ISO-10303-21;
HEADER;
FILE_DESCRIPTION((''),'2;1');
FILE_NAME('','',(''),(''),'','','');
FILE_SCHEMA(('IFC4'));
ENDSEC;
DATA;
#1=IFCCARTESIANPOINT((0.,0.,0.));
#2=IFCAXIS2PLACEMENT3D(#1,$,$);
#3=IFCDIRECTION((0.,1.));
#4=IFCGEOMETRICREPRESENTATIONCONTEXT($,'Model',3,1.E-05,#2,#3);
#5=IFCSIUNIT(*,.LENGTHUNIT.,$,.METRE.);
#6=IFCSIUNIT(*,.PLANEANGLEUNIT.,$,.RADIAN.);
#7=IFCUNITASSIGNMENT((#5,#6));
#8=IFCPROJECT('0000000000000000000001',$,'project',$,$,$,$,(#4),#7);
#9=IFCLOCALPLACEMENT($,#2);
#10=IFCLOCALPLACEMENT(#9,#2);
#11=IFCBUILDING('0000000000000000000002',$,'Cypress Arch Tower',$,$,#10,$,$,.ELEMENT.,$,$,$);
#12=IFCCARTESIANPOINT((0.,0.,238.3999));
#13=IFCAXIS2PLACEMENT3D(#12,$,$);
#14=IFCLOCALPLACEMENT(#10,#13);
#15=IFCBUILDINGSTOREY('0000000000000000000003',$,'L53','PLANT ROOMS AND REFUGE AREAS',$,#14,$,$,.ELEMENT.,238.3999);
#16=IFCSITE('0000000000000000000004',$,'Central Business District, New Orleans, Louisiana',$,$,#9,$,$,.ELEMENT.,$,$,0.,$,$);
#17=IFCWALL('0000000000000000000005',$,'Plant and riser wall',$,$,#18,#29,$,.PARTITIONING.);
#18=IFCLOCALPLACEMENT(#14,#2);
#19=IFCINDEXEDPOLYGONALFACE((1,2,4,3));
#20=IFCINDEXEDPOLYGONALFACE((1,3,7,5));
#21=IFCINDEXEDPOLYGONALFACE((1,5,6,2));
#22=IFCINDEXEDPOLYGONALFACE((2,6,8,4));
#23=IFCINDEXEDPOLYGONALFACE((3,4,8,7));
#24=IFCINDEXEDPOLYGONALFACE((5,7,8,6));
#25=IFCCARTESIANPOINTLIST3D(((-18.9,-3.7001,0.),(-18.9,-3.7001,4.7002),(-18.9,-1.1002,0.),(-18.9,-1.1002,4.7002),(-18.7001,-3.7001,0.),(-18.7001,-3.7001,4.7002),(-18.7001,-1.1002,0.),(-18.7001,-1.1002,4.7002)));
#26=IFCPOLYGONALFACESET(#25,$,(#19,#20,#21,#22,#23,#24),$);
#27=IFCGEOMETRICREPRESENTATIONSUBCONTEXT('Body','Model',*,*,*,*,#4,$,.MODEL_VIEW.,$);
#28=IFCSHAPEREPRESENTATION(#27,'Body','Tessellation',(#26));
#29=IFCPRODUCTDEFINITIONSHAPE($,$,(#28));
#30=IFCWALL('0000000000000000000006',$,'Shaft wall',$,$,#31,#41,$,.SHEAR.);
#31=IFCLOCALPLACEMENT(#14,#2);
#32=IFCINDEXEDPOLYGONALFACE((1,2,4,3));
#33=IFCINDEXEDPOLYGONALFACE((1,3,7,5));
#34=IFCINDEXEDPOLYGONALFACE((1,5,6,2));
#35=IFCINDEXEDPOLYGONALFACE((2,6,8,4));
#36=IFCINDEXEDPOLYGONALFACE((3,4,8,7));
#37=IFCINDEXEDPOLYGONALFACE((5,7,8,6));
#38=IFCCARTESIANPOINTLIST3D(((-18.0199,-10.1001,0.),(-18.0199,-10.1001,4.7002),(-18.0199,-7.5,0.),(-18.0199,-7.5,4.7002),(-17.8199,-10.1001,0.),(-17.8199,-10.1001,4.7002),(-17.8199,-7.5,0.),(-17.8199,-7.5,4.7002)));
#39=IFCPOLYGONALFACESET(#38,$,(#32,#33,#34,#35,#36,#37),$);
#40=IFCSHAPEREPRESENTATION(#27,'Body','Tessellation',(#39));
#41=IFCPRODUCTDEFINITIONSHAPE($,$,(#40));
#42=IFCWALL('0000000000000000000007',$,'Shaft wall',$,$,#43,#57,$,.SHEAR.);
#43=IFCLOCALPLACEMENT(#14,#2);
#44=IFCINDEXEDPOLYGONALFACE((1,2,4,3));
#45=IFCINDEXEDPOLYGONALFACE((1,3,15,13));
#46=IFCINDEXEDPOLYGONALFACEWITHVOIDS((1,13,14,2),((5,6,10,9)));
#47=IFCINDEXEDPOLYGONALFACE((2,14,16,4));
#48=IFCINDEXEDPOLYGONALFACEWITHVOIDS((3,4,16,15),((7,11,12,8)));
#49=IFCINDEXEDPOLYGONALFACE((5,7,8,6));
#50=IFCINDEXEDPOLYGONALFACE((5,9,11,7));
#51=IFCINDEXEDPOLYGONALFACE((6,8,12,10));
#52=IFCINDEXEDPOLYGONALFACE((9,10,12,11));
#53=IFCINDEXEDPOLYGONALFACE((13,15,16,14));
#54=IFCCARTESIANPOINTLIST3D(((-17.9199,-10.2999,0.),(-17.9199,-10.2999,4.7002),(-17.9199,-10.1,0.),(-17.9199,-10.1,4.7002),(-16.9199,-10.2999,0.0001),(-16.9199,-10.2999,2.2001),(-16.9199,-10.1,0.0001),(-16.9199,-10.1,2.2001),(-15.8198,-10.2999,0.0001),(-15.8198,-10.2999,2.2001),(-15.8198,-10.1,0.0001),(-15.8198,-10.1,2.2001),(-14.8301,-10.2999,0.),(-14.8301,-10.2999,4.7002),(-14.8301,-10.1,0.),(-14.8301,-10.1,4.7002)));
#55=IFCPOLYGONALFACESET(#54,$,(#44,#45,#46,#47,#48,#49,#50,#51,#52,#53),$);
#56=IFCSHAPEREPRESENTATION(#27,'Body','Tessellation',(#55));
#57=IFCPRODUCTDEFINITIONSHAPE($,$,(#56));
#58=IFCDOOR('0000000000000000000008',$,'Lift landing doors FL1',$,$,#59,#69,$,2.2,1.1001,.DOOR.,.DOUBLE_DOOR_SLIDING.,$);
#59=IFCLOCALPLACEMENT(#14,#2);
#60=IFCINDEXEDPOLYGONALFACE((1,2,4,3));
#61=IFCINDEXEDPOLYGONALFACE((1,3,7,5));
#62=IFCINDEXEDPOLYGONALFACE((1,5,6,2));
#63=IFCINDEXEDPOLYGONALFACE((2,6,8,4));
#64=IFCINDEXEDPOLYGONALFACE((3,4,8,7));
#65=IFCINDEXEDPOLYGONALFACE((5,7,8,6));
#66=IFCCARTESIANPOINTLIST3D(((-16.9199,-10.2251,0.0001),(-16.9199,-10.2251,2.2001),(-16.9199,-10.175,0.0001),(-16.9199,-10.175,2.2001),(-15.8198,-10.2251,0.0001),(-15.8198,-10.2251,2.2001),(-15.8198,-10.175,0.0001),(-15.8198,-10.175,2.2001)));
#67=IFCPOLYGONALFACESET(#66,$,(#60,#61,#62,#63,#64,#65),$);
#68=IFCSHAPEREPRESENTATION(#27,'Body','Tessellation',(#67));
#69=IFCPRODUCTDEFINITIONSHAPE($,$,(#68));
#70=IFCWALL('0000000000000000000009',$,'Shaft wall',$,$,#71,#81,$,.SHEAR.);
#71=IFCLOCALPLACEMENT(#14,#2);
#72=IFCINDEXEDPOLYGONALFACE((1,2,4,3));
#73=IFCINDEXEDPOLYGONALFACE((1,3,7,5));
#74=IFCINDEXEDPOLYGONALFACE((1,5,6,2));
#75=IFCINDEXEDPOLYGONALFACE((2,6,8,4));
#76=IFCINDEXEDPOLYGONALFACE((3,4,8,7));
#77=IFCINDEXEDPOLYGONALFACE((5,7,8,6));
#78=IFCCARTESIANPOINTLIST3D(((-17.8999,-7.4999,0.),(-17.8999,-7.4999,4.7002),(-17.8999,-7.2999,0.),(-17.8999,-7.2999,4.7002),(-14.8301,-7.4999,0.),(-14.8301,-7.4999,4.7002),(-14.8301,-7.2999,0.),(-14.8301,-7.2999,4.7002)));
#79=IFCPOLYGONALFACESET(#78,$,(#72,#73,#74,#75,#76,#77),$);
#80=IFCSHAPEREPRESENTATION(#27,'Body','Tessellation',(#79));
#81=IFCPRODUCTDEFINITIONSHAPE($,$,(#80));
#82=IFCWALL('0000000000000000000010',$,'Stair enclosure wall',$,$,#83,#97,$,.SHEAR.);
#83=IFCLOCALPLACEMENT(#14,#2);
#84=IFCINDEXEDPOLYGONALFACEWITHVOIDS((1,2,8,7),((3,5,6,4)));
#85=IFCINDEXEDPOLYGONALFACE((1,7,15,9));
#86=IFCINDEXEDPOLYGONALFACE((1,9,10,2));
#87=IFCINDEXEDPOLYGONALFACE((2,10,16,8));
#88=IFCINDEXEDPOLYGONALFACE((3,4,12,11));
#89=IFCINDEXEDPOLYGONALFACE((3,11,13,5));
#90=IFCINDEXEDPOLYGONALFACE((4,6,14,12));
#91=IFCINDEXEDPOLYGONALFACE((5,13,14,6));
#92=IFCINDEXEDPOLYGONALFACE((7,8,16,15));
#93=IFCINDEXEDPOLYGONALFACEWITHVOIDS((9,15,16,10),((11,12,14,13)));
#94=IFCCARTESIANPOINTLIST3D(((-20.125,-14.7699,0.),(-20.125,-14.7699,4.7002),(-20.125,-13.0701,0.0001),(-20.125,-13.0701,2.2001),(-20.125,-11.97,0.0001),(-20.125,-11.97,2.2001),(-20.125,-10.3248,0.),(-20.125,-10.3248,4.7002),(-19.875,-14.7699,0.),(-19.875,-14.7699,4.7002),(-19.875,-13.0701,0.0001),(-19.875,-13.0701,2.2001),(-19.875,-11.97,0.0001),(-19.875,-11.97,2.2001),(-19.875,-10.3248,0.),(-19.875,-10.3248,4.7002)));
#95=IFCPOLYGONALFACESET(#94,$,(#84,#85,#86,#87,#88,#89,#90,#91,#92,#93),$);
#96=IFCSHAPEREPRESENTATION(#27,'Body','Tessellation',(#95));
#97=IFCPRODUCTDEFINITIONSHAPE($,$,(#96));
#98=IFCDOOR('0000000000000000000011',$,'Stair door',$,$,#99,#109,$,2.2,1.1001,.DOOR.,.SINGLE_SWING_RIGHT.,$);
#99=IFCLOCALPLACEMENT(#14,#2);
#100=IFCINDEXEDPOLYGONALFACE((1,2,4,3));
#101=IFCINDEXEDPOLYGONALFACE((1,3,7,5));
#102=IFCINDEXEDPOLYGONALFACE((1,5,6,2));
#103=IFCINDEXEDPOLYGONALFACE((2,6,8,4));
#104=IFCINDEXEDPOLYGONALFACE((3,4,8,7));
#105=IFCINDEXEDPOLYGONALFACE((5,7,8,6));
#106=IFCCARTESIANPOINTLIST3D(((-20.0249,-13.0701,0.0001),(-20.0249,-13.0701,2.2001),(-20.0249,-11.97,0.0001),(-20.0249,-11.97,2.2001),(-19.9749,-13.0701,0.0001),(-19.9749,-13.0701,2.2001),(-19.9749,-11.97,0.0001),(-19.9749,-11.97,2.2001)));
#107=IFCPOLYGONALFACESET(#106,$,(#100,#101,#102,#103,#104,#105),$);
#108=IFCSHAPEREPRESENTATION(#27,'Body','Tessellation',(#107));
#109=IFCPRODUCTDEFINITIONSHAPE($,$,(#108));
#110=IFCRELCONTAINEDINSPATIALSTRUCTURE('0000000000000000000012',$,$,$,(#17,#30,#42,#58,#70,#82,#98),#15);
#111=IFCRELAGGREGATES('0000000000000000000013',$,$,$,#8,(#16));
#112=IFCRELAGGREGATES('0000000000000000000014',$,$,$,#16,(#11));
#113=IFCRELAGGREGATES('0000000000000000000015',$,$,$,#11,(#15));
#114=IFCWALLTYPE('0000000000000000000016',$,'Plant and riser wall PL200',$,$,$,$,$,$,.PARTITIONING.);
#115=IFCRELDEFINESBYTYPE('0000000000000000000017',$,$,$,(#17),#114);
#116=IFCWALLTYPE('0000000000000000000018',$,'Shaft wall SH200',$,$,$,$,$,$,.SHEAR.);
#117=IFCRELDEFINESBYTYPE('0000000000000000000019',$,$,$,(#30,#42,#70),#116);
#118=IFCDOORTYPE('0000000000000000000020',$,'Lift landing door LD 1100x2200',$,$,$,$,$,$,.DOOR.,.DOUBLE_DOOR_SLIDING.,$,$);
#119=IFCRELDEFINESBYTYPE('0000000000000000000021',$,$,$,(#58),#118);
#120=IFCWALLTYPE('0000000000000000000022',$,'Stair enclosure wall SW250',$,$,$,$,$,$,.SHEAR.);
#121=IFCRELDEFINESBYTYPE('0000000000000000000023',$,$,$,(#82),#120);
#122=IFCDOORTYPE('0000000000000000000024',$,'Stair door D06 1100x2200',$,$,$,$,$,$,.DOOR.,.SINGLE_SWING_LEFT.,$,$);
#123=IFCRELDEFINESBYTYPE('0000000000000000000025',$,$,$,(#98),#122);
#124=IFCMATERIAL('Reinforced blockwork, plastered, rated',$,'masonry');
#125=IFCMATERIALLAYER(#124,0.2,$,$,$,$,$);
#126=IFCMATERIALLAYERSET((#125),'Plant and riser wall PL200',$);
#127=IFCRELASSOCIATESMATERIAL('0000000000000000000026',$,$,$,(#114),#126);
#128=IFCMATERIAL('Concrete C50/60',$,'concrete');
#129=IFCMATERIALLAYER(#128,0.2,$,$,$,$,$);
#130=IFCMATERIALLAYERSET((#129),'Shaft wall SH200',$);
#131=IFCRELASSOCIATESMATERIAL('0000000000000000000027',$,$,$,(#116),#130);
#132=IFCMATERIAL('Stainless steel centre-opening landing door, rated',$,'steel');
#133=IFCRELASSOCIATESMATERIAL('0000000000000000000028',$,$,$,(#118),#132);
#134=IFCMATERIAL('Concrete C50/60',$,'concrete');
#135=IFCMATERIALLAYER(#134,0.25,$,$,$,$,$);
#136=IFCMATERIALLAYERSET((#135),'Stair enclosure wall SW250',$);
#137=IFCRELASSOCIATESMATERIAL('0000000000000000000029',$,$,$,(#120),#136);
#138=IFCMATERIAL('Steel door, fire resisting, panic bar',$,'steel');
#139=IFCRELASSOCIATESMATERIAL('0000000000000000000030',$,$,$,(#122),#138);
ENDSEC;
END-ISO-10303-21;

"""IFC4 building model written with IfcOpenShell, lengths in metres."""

from ifc_helpers import new_model, si_unit, direction, frame, frame_2d, origin, place, context, subcontext, project, spatial, rectangle, extrude, material, layer, layer_set, type_object, element, fill, save


model = new_model("IFC4")

# Units and contexts
model_context = context("Model", 3, precision=1e-05, world=origin(), true_north=direction((0.0, 1.0)))
body_context = subcontext(model_context, "Body", "Model", "MODEL_VIEW")
ifc_project = project(units=[si_unit("LENGTHUNIT", "METRE"), si_unit("PLANEANGLEUNIT", "RADIAN")], contexts=[model_context])

# Site, building, storey
site_placement = place(None, origin())
site = spatial("IfcSite", under=ifc_project, at=site_placement, Name="Central Business District, New Orleans, Louisiana", CompositionType="ELEMENT", RefElevation=0.0)
building_placement = place(site_placement, origin())
building = spatial("IfcBuilding", under=site, at=building_placement, Name="Cypress Arch Tower", CompositionType="ELEMENT")
storey_placement = place(building_placement, frame((0.0, 0.0, 238.3999)))
storey = spatial("IfcBuildingStorey", under=building, at=storey_placement, Name="L53", Description="PLANT ROOMS AND REFUGE AREAS", CompositionType="ELEMENT", Elevation=238.3999)

# Walls
ifc_material_1 = material(Name="Reinforced blockwork, plastered, rated", Category="masonry")
ifc_layer_1 = layer(ifc_material_1, 0.2)
ifc_layer_set_1 = layer_set([ifc_layer_1], Name="Plant and riser wall PL200")
wall_type_1 = type_object("IfcWallType", Name="Plant and riser wall PL200", PredefinedType="PARTITIONING", material=ifc_layer_set_1)
wall_1_placement = place(storey_placement, frame((-18.8, -3.7, 0.0), z_axis=(0.0, 0.0, 1.0), x_axis=(0.0, 1.0, 0.0)))
element("IfcWall", 1, at=wall_1_placement, inside=storey, type_object=wall_type_1, Name="Plant and riser wall", PredefinedType="PARTITIONING", context=body_context, shape_type="SweptSolid", body=[
    extrude(rectangle(XDim=2.5999, YDim=0.2, at=frame_2d((1.2998, 0.0))), origin(), (0.0, 0.0, 1.0), 4.7002),
])
ifc_material_2 = material(Name="Concrete C50/60", Category="concrete")
ifc_layer_2 = layer(ifc_material_2, 0.2)
ifc_layer_set_2 = layer_set([ifc_layer_2], Name="Shaft wall SH200")
wall_type_2 = type_object("IfcWallType", Name="Shaft wall SH200", PredefinedType="SHEAR", material=ifc_layer_set_2)
wall_2_placement = place(storey_placement, frame((-17.9199, -10.1001, 0.0), z_axis=(0.0, 0.0, 1.0), x_axis=(0.0, 1.0, 0.0)))
element("IfcWall", 2, at=wall_2_placement, inside=storey, type_object=wall_type_2, Name="Shaft wall", PredefinedType="SHEAR", context=body_context, shape_type="SweptSolid", body=[
    extrude(rectangle(XDim=2.6001, YDim=0.2, at=frame_2d((1.3, 0.0))), origin(), (0.0, 0.0, 1.0), 4.7002),
])

# Wall, opening, door
wall_3_placement = place(storey_placement, frame((-17.9199, -10.2, 0.0), z_axis=(0.0, 0.0, 1.0), x_axis=(1.0, 0.0, 0.0)))
wall_3 = element("IfcWall", 3, at=wall_3_placement, inside=storey, type_object=wall_type_2, Name="Shaft wall", PredefinedType="SHEAR", context=body_context, shape_type="SweptSolid", body=[
    extrude(rectangle(XDim=3.0898, YDim=0.2, at=frame_2d((1.5449, 0.0))), origin(), (0.0, 0.0, 1.0), 4.7002),
])
opening_1_placement = place(wall_3_placement, frame((1.0, 0.0, 0.0)))
opening_1 = element("IfcOpeningElement", 4, at=opening_1_placement, cuts=wall_3, PredefinedType="OPENING", context=body_context, shape_type="SweptSolid", body=[
    extrude(rectangle(XDim=1.1001, YDim=2.2, at=frame_2d((0.55, 1.1001))), frame((0.0, 0.1099, 0.0), z_axis=(0.0, -1.0, 0.0), x_axis=(1.0, 0.0, 0.0)), (0.0, 0.0, 1.0), 0.22),
])
ifc_material_3 = material(Name="Stainless steel centre-opening landing door, rated", Category="steel")
door_type_1 = type_object("IfcDoorType", Name="Lift landing door LD 1100x2200", OperationType="DOUBLE_DOOR_SLIDING", PredefinedType="DOOR", material=ifc_material_3)
door_1_placement = place(opening_1_placement, origin())
door_1 = element("IfcDoor", 5, at=door_1_placement, inside=storey, type_object=door_type_1, Name="Lift landing doors FL1", OperationType="DOUBLE_DOOR_SLIDING", OverallHeight=2.2, OverallWidth=1.1001, PredefinedType="DOOR", context=body_context, shape_type="SweptSolid", body=[
    extrude(rectangle(XDim=1.1001, YDim=2.2, at=frame_2d((0.55, 1.1001))), frame((0.0, 0.0249, 0.0), z_axis=(0.0, -1.0, 0.0), x_axis=(1.0, 0.0, 0.0)), (0.0, 0.0, 1.0), 0.05),
])
fill(opening_1, door_1)

# Wall
wall_4_placement = place(storey_placement, frame((-17.8999, -7.3999, 0.0), z_axis=(0.0, 0.0, 1.0), x_axis=(1.0, 0.0, 0.0)))
element("IfcWall", 6, at=wall_4_placement, inside=storey, type_object=wall_type_2, Name="Shaft wall", PredefinedType="SHEAR", context=body_context, shape_type="SweptSolid", body=[
    extrude(rectangle(XDim=3.0698, YDim=0.2, at=frame_2d((1.5349, 0.0))), origin(), (0.0, 0.0, 1.0), 4.7002),
])

# Wall, opening, door
ifc_material_4 = material(Name="Concrete C50/60", Category="concrete")
ifc_layer_3 = layer(ifc_material_4, 0.25)
ifc_layer_set_3 = layer_set([ifc_layer_3], Name="Stair enclosure wall SW250")
wall_type_3 = type_object("IfcWallType", Name="Stair enclosure wall SW250", PredefinedType="SHEAR", material=ifc_layer_set_3)
wall_5_placement = place(storey_placement, frame((-20.0, -14.77, 0.0), z_axis=(0.0, 0.0, 1.0), x_axis=(0.0, 1.0, 0.0)))
wall_5 = element("IfcWall", 7, at=wall_5_placement, inside=storey, type_object=wall_type_3, Name="Stair enclosure wall", PredefinedType="SHEAR", context=body_context, shape_type="SweptSolid", body=[
    extrude(rectangle(XDim=4.4451, YDim=0.25, at=frame_2d((2.2227, 0.0))), origin(), (0.0, 0.0, 1.0), 4.7002),
])
opening_2_placement = place(wall_5_placement, frame((1.7, 0.0, 0.0)))
opening_2 = element("IfcOpeningElement", 8, at=opening_2_placement, cuts=wall_5, PredefinedType="OPENING", context=body_context, shape_type="SweptSolid", body=[
    extrude(rectangle(XDim=1.1001, YDim=2.2, at=frame_2d((0.55, 1.1001))), frame((0.0, 0.135, 0.0), z_axis=(0.0, -1.0, 0.0), x_axis=(1.0, 0.0, 0.0)), (0.0, 0.0, 1.0), 0.27),
])
ifc_material_5 = material(Name="Steel door, fire resisting, panic bar", Category="steel")
door_type_2 = type_object("IfcDoorType", Name="Stair door D06 1100x2200", OperationType="SINGLE_SWING_LEFT", PredefinedType="DOOR", material=ifc_material_5)
door_2_placement = place(opening_2_placement, origin())
door_2 = element("IfcDoor", 9, at=door_2_placement, inside=storey, type_object=door_type_2, Name="Stair door", OperationType="SINGLE_SWING_RIGHT", OverallHeight=2.2, OverallWidth=1.1001, PredefinedType="DOOR", context=body_context, shape_type="SweptSolid", body=[
    extrude(rectangle(XDim=1.1001, YDim=2.2, at=frame_2d((0.55, 1.1001))), frame((0.0, 0.0249, 0.0), z_axis=(0.0, -1.0, 0.0), x_axis=(1.0, 0.0, 0.0)), (0.0, 0.0, 1.0), 0.05),
])
fill(opening_2, door_2)

save(model, "model.ifc")
